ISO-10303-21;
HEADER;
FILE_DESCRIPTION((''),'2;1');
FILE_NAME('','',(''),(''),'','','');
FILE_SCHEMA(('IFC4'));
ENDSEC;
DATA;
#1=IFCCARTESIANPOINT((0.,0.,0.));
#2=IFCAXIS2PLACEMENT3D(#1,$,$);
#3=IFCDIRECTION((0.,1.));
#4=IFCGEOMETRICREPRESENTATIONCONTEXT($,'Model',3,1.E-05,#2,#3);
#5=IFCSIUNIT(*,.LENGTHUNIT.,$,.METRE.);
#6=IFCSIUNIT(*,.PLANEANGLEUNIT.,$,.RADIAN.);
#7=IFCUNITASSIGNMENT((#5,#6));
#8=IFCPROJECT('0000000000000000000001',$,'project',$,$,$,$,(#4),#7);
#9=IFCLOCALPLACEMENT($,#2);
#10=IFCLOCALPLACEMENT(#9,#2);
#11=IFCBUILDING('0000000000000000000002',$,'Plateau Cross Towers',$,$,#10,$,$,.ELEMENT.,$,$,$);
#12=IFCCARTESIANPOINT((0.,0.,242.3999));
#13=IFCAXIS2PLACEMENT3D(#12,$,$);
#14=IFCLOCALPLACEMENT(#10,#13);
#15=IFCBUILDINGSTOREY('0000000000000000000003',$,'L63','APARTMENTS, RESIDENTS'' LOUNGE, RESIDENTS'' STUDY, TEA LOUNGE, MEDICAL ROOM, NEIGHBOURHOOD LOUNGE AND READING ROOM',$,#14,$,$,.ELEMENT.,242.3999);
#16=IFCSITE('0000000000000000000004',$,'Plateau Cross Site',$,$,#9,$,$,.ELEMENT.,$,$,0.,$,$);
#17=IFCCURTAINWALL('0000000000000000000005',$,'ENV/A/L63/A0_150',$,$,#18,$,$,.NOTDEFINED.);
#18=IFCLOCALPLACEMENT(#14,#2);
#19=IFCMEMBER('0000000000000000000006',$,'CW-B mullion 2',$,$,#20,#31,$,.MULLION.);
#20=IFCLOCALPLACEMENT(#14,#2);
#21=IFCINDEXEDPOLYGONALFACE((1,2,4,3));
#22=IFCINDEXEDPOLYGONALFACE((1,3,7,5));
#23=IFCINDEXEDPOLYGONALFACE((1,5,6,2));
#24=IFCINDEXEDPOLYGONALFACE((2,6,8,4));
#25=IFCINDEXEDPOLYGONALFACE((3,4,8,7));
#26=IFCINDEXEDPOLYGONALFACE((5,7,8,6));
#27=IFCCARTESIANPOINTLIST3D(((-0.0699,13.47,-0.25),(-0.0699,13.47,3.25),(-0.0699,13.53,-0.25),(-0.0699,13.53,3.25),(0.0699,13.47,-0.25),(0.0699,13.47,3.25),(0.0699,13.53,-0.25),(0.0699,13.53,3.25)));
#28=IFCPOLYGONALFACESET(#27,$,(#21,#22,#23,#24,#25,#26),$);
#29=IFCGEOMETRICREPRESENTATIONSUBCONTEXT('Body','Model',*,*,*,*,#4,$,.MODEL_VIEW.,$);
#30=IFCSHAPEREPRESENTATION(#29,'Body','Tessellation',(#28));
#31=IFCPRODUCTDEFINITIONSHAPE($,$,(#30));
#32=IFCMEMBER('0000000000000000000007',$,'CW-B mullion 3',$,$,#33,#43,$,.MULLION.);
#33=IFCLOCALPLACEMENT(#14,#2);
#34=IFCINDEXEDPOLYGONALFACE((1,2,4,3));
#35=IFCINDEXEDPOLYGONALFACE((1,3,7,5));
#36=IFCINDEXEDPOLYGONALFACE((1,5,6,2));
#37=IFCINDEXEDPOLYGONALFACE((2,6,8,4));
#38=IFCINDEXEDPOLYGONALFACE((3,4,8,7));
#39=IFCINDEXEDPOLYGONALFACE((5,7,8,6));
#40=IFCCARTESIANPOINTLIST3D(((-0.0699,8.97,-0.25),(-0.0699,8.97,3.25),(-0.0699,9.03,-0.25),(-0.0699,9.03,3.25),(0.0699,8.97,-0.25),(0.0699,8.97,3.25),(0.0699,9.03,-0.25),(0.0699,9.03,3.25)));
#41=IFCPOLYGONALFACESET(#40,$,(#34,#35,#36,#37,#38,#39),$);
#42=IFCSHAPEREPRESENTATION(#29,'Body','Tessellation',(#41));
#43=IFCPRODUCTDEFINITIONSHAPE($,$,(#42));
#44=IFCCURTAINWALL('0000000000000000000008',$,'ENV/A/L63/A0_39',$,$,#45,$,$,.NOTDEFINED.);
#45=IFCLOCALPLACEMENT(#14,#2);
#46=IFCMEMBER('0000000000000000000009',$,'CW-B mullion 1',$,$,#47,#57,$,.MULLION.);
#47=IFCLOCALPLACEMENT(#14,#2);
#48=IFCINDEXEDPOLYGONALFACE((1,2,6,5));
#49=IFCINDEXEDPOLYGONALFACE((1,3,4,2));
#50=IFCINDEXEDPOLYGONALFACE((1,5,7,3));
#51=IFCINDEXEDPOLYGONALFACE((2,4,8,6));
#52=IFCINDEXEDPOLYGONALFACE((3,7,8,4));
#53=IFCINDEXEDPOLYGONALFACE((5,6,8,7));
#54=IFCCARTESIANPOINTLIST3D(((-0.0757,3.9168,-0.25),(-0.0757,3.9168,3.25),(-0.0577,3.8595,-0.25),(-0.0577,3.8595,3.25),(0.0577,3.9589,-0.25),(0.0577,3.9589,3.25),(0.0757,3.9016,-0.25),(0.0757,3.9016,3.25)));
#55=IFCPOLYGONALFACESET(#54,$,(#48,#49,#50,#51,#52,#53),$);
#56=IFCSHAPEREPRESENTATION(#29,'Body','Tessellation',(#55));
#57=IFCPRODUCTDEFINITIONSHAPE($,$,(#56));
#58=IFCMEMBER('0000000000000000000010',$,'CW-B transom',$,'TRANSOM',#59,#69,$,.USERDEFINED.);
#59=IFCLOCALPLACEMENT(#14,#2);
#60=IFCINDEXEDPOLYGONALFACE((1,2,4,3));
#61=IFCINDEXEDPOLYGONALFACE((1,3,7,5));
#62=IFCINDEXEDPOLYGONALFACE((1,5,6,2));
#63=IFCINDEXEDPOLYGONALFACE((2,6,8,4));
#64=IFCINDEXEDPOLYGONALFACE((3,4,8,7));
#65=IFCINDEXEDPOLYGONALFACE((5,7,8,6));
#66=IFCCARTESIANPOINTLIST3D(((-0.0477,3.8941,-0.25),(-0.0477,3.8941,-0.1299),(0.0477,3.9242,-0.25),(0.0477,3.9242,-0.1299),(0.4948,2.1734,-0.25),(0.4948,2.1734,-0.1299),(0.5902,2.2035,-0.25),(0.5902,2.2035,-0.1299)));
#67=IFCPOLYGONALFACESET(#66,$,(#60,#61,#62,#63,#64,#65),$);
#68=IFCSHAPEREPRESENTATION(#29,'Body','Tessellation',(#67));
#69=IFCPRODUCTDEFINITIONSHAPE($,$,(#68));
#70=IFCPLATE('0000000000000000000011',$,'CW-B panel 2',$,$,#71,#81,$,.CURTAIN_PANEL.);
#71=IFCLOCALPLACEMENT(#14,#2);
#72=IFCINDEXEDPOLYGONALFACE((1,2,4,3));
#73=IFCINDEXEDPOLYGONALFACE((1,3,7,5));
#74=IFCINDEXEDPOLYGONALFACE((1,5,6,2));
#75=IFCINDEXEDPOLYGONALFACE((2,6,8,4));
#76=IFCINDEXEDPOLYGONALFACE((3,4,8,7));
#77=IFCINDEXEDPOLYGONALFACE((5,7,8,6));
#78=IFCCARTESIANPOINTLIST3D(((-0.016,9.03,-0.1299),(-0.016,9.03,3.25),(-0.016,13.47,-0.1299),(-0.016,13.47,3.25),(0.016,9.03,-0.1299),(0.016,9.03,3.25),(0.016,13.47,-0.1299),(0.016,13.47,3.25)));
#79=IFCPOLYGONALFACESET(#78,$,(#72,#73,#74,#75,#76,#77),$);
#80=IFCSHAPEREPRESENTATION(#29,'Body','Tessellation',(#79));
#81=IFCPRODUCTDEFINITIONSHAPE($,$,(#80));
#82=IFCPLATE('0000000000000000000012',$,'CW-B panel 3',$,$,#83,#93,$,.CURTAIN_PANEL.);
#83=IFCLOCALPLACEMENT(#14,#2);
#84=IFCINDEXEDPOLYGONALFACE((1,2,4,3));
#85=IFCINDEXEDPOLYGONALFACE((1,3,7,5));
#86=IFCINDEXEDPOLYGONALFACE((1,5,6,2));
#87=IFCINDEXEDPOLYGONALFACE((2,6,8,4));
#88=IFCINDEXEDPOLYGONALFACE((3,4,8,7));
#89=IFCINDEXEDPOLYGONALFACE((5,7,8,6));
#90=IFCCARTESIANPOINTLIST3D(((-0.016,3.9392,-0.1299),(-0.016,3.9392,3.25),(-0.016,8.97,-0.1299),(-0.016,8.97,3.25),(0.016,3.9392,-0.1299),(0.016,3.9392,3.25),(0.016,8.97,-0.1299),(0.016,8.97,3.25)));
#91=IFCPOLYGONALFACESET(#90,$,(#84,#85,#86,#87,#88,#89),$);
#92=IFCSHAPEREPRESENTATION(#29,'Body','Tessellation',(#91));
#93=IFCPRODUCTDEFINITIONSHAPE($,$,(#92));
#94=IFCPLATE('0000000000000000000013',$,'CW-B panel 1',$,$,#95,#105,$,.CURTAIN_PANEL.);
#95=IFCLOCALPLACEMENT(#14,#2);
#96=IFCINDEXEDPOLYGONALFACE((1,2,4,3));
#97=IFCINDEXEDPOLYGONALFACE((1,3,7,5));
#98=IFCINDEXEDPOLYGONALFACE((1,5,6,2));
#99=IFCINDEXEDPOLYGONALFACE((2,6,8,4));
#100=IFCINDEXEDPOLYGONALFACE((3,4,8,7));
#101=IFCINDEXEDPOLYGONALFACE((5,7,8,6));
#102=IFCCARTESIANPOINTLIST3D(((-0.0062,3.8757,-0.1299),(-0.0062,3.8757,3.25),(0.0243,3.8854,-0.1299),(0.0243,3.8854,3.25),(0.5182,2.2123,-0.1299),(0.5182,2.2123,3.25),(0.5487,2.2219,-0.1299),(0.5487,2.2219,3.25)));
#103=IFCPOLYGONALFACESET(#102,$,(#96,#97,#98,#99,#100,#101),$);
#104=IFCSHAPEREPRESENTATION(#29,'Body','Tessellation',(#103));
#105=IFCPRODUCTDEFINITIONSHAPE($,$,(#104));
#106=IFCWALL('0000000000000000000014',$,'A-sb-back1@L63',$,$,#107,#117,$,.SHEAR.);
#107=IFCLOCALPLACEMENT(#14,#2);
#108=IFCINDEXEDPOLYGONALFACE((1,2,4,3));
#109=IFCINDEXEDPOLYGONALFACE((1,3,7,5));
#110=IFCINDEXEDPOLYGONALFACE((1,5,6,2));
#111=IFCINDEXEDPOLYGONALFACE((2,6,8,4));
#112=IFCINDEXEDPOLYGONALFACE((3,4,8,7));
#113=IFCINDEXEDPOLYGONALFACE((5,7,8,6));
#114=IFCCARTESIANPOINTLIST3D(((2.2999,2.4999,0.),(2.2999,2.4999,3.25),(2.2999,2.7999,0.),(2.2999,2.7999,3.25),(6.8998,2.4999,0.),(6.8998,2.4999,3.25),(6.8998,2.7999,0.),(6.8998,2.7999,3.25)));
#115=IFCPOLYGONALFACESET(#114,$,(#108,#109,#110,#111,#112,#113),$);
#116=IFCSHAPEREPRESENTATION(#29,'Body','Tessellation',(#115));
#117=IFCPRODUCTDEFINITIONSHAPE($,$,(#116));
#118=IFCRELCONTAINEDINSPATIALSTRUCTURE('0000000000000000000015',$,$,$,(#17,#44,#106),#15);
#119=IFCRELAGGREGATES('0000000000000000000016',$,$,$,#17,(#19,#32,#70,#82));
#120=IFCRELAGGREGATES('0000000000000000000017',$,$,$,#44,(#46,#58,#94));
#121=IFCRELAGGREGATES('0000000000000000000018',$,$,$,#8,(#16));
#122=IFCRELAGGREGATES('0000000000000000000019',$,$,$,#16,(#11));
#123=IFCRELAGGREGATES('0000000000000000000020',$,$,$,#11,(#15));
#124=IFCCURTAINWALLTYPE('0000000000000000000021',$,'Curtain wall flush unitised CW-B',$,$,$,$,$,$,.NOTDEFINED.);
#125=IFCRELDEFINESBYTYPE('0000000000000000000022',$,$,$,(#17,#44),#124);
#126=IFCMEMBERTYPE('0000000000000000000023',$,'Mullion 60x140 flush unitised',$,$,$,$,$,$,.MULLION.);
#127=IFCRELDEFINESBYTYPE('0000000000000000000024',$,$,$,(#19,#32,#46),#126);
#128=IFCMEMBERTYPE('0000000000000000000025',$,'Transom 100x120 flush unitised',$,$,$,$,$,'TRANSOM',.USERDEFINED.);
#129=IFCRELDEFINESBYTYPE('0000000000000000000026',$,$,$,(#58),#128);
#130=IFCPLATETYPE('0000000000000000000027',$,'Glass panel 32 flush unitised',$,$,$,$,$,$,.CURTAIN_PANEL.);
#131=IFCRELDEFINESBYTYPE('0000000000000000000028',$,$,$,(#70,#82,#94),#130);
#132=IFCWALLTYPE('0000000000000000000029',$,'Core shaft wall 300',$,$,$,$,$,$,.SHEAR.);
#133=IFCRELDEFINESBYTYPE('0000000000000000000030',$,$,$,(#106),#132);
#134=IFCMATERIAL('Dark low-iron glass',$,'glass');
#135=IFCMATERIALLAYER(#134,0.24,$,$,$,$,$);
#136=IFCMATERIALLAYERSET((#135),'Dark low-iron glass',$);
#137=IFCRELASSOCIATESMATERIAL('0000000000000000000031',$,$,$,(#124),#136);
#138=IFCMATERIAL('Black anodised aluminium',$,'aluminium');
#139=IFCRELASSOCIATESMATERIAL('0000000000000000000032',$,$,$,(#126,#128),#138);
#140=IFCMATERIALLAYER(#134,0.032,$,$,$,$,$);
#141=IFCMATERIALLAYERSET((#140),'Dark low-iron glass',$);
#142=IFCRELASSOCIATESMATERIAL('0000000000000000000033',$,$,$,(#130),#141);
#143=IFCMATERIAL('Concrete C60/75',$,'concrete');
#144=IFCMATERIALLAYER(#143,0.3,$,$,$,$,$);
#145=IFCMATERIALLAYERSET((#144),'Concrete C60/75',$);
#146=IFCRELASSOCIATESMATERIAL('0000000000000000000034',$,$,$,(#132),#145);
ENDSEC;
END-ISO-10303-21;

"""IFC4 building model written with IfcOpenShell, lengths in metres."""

from ifc_helpers import new_model, si_unit, direction, frame, frame_2d, origin, origin_2d, place, context, subcontext, project, spatial, rectangle, extrude, material, layer, layer_set, material_profile, profile_set, type_object, element, aggregate, save


model = new_model("IFC4")

# Units and contexts
model_context = context("Model", 3, precision=1e-05, world=origin(), true_north=direction((0.0, 1.0)))
body_context = subcontext(model_context, "Body", "Model", "MODEL_VIEW")
ifc_project = project(units=[si_unit("LENGTHUNIT", "METRE"), si_unit("PLANEANGLEUNIT", "RADIAN")], contexts=[model_context])

# Site, building, storey
site_placement = place(None, origin())
site = spatial("IfcSite", under=ifc_project, at=site_placement, Name="Plateau Cross Site", CompositionType="ELEMENT", RefElevation=0.0)
building_placement = place(site_placement, origin())
building = spatial("IfcBuilding", under=site, at=building_placement, Name="Plateau Cross Towers", CompositionType="ELEMENT")
storey_placement = place(building_placement, frame((0.0, 0.0, 242.3999)))
storey = spatial("IfcBuildingStorey", under=building, at=storey_placement, Name="L63", Description="APARTMENTS, RESIDENTS' LOUNGE, RESIDENTS' STUDY, TEA LOUNGE, MEDICAL ROOM, NEIGHBOURHOOD LOUNGE AND READING ROOM", CompositionType="ELEMENT", Elevation=242.3999)

# Curtain walls, members
ifc_material_1 = material(Name="Dark low-iron glass", Category="glass")
ifc_layer_1 = layer(ifc_material_1, 0.24)
ifc_layer_set_1 = layer_set([ifc_layer_1], Name="Dark low-iron glass")
curtain_wall_type = type_object("IfcCurtainWallType", Name="Curtain wall flush unitised CW-B", PredefinedType="NOTDEFINED", material=ifc_layer_set_1)
curtain_wall_1_placement = place(storey_placement, origin())
curtain_wall_1 = element("IfcCurtainWall", 1, at=curtain_wall_1_placement, inside=storey, type_object=curtain_wall_type, Name="ENV/A/L63/A0_150", PredefinedType="NOTDEFINED")
ifc_material_2 = material(Name="Black anodised aluminium", Category="aluminium")
ifc_material_profile_1 = material_profile(ifc_material_2, rectangle(XDim=0.0601, YDim=0.1399, at=origin_2d()), Name="MULLION 60x140")
ifc_profile_set_1 = profile_set([ifc_material_profile_1], Name="Black anodised aluminium")
member_type_1 = type_object("IfcMemberType", Name="Mullion 60x140 flush unitised", PredefinedType="MULLION", material=ifc_profile_set_1)
member_1_placement = place(storey_placement, frame((0.0, 13.5, -0.25), z_axis=(0.0, 0.0, 1.0), x_axis=(0.0, -1.0, 0.0)))
member_1 = element("IfcMember", 2, at=member_1_placement, type_object=member_type_1, Name="CW-B mullion 2", PredefinedType="MULLION", context=body_context, shape_type="SweptSolid", body=[
    extrude(rectangle(XDim=0.0601, YDim=0.1399, at=origin_2d()), origin(), (0.0, 0.0, 1.0), 3.5),
])
member_2_placement = place(storey_placement, frame((0.0, 9.0, -0.25), z_axis=(0.0, 0.0, 1.0), x_axis=(0.0, -1.0, 0.0)))
member_2 = element("IfcMember", 3, at=member_2_placement, type_object=member_type_1, Name="CW-B mullion 3", PredefinedType="MULLION", context=body_context, shape_type="SweptSolid", body=[
    extrude(rectangle(XDim=0.0601, YDim=0.1399, at=origin_2d()), origin(), (0.0, 0.0, 1.0), 3.5),
])
curtain_wall_2_placement = place(storey_placement, origin())
curtain_wall_2 = element("IfcCurtainWall", 4, at=curtain_wall_2_placement, inside=storey, type_object=curtain_wall_type, Name="ENV/A/L63/A0_39", PredefinedType="NOTDEFINED")
member_3_placement = place(storey_placement, frame((0.0, 3.9092, -0.25), z_axis=(0.0, 0.0, 1.0), x_axis=(0.300686, -0.953723, 0.0)))
member_3 = element("IfcMember", 5, at=member_3_placement, type_object=member_type_1, Name="CW-B mullion 1", PredefinedType="MULLION", context=body_context, shape_type="SweptSolid", body=[
    extrude(rectangle(XDim=0.0601, YDim=0.1399, at=origin_2d()), origin(), (0.0, 0.0, 1.0), 3.5),
])
ifc_material_profile_2 = material_profile(ifc_material_2, rectangle(XDim=0.1001, YDim=0.1201, at=origin_2d()), Name="TRANSOM 100x120")
ifc_profile_set_2 = profile_set([ifc_material_profile_2], Name="Black anodised aluminium")
member_type_2 = type_object("IfcMemberType", Name="Transom 100x120 flush unitised", ElementType="TRANSOM", PredefinedType="USERDEFINED", material=ifc_profile_set_2)
member_4_placement = place(storey_placement, frame((0.0, 3.9092, -0.1899), z_axis=(0.300678, -0.953726, 0.0), x_axis=(0.953726, 0.300678, 0.0)))
member_4 = element("IfcMember", 6, at=member_4_placement, type_object=member_type_2, Name="CW-B transom", ObjectType="TRANSOM", PredefinedType="USERDEFINED", context=body_context, shape_type="SweptSolid", body=[
    extrude(rectangle(XDim=0.1001, YDim=0.1201, at=origin_2d()), origin(), (0.0, 0.0, 1.0), 1.8042),
])

# Plates
ifc_layer_2 = layer(ifc_material_1, 0.032)
ifc_layer_set_2 = layer_set([ifc_layer_2], Name="Dark low-iron glass")
plate_type = type_object("IfcPlateType", Name="Glass panel 32 flush unitised", PredefinedType="CURTAIN_PANEL", material=ifc_layer_set_2)
plate_1_placement = place(storey_placement, frame((0.0, 11.25, -0.1299), z_axis=(0.0, 0.0, 1.0), x_axis=(0.0, -1.0, 0.0)))
plate_1 = element("IfcPlate", 7, at=plate_1_placement, type_object=plate_type, Name="CW-B panel 2", PredefinedType="CURTAIN_PANEL", context=body_context, shape_type="SweptSolid", body=[
    extrude(rectangle(XDim=4.4399, YDim=0.032, at=origin_2d()), origin(), (0.0, 0.0, 1.0), 3.3799),
])
plate_2_placement = place(storey_placement, frame((0.0, 6.4546, -0.1299), z_axis=(0.0, 0.0, 1.0), x_axis=(0.0, -1.0, 0.0)))
plate_2 = element("IfcPlate", 8, at=plate_2_placement, type_object=plate_type, Name="CW-B panel 3", PredefinedType="CURTAIN_PANEL", context=body_context, shape_type="SweptSolid", body=[
    extrude(rectangle(XDim=5.0308, YDim=0.032, at=origin_2d()), origin(), (0.0, 0.0, 1.0), 3.3799),
])
aggregate(curtain_wall_1, [member_1, member_2, plate_1, plate_2])
plate_3_placement = place(storey_placement, frame((0.2712, 3.0488, -0.1299), z_axis=(0.0, 0.0, 1.0), x_axis=(0.300686, -0.953723, 0.0)))
plate_3 = element("IfcPlate", 9, at=plate_3_placement, type_object=plate_type, Name="CW-B panel 1", PredefinedType="CURTAIN_PANEL", context=body_context, shape_type="SweptSolid", body=[
    extrude(rectangle(XDim=1.7441, YDim=0.032, at=origin_2d()), origin(), (0.0, 0.0, 1.0), 3.3799),
])
aggregate(curtain_wall_2, [member_3, member_4, plate_3])

# Wall
ifc_material_3 = material(Name="Concrete C60/75", Category="concrete")
ifc_layer_3 = layer(ifc_material_3, 0.3)
ifc_layer_set_3 = layer_set([ifc_layer_3], Name="Concrete C60/75")
wall_type_1 = type_object("IfcWallType", Name="Core shaft wall 300", PredefinedType="SHEAR", material=ifc_layer_set_3)
wall_1_placement = place(storey_placement, frame((2.3, 2.6499, 0.0), z_axis=(0.0, 0.0, 1.0), x_axis=(1.0, 0.0, 0.0)))
element("IfcWall", 10, at=wall_1_placement, inside=storey, type_object=wall_type_1, Name="A-sb-back1@L63", PredefinedType="SHEAR", context=body_context, shape_type="SweptSolid", body=[
    extrude(rectangle(XDim=4.5999, YDim=0.3, at=frame_2d((2.2998, 0.0))), origin(), (0.0, 0.0, 1.0), 3.25),
])

save(model, "model.ifc")
